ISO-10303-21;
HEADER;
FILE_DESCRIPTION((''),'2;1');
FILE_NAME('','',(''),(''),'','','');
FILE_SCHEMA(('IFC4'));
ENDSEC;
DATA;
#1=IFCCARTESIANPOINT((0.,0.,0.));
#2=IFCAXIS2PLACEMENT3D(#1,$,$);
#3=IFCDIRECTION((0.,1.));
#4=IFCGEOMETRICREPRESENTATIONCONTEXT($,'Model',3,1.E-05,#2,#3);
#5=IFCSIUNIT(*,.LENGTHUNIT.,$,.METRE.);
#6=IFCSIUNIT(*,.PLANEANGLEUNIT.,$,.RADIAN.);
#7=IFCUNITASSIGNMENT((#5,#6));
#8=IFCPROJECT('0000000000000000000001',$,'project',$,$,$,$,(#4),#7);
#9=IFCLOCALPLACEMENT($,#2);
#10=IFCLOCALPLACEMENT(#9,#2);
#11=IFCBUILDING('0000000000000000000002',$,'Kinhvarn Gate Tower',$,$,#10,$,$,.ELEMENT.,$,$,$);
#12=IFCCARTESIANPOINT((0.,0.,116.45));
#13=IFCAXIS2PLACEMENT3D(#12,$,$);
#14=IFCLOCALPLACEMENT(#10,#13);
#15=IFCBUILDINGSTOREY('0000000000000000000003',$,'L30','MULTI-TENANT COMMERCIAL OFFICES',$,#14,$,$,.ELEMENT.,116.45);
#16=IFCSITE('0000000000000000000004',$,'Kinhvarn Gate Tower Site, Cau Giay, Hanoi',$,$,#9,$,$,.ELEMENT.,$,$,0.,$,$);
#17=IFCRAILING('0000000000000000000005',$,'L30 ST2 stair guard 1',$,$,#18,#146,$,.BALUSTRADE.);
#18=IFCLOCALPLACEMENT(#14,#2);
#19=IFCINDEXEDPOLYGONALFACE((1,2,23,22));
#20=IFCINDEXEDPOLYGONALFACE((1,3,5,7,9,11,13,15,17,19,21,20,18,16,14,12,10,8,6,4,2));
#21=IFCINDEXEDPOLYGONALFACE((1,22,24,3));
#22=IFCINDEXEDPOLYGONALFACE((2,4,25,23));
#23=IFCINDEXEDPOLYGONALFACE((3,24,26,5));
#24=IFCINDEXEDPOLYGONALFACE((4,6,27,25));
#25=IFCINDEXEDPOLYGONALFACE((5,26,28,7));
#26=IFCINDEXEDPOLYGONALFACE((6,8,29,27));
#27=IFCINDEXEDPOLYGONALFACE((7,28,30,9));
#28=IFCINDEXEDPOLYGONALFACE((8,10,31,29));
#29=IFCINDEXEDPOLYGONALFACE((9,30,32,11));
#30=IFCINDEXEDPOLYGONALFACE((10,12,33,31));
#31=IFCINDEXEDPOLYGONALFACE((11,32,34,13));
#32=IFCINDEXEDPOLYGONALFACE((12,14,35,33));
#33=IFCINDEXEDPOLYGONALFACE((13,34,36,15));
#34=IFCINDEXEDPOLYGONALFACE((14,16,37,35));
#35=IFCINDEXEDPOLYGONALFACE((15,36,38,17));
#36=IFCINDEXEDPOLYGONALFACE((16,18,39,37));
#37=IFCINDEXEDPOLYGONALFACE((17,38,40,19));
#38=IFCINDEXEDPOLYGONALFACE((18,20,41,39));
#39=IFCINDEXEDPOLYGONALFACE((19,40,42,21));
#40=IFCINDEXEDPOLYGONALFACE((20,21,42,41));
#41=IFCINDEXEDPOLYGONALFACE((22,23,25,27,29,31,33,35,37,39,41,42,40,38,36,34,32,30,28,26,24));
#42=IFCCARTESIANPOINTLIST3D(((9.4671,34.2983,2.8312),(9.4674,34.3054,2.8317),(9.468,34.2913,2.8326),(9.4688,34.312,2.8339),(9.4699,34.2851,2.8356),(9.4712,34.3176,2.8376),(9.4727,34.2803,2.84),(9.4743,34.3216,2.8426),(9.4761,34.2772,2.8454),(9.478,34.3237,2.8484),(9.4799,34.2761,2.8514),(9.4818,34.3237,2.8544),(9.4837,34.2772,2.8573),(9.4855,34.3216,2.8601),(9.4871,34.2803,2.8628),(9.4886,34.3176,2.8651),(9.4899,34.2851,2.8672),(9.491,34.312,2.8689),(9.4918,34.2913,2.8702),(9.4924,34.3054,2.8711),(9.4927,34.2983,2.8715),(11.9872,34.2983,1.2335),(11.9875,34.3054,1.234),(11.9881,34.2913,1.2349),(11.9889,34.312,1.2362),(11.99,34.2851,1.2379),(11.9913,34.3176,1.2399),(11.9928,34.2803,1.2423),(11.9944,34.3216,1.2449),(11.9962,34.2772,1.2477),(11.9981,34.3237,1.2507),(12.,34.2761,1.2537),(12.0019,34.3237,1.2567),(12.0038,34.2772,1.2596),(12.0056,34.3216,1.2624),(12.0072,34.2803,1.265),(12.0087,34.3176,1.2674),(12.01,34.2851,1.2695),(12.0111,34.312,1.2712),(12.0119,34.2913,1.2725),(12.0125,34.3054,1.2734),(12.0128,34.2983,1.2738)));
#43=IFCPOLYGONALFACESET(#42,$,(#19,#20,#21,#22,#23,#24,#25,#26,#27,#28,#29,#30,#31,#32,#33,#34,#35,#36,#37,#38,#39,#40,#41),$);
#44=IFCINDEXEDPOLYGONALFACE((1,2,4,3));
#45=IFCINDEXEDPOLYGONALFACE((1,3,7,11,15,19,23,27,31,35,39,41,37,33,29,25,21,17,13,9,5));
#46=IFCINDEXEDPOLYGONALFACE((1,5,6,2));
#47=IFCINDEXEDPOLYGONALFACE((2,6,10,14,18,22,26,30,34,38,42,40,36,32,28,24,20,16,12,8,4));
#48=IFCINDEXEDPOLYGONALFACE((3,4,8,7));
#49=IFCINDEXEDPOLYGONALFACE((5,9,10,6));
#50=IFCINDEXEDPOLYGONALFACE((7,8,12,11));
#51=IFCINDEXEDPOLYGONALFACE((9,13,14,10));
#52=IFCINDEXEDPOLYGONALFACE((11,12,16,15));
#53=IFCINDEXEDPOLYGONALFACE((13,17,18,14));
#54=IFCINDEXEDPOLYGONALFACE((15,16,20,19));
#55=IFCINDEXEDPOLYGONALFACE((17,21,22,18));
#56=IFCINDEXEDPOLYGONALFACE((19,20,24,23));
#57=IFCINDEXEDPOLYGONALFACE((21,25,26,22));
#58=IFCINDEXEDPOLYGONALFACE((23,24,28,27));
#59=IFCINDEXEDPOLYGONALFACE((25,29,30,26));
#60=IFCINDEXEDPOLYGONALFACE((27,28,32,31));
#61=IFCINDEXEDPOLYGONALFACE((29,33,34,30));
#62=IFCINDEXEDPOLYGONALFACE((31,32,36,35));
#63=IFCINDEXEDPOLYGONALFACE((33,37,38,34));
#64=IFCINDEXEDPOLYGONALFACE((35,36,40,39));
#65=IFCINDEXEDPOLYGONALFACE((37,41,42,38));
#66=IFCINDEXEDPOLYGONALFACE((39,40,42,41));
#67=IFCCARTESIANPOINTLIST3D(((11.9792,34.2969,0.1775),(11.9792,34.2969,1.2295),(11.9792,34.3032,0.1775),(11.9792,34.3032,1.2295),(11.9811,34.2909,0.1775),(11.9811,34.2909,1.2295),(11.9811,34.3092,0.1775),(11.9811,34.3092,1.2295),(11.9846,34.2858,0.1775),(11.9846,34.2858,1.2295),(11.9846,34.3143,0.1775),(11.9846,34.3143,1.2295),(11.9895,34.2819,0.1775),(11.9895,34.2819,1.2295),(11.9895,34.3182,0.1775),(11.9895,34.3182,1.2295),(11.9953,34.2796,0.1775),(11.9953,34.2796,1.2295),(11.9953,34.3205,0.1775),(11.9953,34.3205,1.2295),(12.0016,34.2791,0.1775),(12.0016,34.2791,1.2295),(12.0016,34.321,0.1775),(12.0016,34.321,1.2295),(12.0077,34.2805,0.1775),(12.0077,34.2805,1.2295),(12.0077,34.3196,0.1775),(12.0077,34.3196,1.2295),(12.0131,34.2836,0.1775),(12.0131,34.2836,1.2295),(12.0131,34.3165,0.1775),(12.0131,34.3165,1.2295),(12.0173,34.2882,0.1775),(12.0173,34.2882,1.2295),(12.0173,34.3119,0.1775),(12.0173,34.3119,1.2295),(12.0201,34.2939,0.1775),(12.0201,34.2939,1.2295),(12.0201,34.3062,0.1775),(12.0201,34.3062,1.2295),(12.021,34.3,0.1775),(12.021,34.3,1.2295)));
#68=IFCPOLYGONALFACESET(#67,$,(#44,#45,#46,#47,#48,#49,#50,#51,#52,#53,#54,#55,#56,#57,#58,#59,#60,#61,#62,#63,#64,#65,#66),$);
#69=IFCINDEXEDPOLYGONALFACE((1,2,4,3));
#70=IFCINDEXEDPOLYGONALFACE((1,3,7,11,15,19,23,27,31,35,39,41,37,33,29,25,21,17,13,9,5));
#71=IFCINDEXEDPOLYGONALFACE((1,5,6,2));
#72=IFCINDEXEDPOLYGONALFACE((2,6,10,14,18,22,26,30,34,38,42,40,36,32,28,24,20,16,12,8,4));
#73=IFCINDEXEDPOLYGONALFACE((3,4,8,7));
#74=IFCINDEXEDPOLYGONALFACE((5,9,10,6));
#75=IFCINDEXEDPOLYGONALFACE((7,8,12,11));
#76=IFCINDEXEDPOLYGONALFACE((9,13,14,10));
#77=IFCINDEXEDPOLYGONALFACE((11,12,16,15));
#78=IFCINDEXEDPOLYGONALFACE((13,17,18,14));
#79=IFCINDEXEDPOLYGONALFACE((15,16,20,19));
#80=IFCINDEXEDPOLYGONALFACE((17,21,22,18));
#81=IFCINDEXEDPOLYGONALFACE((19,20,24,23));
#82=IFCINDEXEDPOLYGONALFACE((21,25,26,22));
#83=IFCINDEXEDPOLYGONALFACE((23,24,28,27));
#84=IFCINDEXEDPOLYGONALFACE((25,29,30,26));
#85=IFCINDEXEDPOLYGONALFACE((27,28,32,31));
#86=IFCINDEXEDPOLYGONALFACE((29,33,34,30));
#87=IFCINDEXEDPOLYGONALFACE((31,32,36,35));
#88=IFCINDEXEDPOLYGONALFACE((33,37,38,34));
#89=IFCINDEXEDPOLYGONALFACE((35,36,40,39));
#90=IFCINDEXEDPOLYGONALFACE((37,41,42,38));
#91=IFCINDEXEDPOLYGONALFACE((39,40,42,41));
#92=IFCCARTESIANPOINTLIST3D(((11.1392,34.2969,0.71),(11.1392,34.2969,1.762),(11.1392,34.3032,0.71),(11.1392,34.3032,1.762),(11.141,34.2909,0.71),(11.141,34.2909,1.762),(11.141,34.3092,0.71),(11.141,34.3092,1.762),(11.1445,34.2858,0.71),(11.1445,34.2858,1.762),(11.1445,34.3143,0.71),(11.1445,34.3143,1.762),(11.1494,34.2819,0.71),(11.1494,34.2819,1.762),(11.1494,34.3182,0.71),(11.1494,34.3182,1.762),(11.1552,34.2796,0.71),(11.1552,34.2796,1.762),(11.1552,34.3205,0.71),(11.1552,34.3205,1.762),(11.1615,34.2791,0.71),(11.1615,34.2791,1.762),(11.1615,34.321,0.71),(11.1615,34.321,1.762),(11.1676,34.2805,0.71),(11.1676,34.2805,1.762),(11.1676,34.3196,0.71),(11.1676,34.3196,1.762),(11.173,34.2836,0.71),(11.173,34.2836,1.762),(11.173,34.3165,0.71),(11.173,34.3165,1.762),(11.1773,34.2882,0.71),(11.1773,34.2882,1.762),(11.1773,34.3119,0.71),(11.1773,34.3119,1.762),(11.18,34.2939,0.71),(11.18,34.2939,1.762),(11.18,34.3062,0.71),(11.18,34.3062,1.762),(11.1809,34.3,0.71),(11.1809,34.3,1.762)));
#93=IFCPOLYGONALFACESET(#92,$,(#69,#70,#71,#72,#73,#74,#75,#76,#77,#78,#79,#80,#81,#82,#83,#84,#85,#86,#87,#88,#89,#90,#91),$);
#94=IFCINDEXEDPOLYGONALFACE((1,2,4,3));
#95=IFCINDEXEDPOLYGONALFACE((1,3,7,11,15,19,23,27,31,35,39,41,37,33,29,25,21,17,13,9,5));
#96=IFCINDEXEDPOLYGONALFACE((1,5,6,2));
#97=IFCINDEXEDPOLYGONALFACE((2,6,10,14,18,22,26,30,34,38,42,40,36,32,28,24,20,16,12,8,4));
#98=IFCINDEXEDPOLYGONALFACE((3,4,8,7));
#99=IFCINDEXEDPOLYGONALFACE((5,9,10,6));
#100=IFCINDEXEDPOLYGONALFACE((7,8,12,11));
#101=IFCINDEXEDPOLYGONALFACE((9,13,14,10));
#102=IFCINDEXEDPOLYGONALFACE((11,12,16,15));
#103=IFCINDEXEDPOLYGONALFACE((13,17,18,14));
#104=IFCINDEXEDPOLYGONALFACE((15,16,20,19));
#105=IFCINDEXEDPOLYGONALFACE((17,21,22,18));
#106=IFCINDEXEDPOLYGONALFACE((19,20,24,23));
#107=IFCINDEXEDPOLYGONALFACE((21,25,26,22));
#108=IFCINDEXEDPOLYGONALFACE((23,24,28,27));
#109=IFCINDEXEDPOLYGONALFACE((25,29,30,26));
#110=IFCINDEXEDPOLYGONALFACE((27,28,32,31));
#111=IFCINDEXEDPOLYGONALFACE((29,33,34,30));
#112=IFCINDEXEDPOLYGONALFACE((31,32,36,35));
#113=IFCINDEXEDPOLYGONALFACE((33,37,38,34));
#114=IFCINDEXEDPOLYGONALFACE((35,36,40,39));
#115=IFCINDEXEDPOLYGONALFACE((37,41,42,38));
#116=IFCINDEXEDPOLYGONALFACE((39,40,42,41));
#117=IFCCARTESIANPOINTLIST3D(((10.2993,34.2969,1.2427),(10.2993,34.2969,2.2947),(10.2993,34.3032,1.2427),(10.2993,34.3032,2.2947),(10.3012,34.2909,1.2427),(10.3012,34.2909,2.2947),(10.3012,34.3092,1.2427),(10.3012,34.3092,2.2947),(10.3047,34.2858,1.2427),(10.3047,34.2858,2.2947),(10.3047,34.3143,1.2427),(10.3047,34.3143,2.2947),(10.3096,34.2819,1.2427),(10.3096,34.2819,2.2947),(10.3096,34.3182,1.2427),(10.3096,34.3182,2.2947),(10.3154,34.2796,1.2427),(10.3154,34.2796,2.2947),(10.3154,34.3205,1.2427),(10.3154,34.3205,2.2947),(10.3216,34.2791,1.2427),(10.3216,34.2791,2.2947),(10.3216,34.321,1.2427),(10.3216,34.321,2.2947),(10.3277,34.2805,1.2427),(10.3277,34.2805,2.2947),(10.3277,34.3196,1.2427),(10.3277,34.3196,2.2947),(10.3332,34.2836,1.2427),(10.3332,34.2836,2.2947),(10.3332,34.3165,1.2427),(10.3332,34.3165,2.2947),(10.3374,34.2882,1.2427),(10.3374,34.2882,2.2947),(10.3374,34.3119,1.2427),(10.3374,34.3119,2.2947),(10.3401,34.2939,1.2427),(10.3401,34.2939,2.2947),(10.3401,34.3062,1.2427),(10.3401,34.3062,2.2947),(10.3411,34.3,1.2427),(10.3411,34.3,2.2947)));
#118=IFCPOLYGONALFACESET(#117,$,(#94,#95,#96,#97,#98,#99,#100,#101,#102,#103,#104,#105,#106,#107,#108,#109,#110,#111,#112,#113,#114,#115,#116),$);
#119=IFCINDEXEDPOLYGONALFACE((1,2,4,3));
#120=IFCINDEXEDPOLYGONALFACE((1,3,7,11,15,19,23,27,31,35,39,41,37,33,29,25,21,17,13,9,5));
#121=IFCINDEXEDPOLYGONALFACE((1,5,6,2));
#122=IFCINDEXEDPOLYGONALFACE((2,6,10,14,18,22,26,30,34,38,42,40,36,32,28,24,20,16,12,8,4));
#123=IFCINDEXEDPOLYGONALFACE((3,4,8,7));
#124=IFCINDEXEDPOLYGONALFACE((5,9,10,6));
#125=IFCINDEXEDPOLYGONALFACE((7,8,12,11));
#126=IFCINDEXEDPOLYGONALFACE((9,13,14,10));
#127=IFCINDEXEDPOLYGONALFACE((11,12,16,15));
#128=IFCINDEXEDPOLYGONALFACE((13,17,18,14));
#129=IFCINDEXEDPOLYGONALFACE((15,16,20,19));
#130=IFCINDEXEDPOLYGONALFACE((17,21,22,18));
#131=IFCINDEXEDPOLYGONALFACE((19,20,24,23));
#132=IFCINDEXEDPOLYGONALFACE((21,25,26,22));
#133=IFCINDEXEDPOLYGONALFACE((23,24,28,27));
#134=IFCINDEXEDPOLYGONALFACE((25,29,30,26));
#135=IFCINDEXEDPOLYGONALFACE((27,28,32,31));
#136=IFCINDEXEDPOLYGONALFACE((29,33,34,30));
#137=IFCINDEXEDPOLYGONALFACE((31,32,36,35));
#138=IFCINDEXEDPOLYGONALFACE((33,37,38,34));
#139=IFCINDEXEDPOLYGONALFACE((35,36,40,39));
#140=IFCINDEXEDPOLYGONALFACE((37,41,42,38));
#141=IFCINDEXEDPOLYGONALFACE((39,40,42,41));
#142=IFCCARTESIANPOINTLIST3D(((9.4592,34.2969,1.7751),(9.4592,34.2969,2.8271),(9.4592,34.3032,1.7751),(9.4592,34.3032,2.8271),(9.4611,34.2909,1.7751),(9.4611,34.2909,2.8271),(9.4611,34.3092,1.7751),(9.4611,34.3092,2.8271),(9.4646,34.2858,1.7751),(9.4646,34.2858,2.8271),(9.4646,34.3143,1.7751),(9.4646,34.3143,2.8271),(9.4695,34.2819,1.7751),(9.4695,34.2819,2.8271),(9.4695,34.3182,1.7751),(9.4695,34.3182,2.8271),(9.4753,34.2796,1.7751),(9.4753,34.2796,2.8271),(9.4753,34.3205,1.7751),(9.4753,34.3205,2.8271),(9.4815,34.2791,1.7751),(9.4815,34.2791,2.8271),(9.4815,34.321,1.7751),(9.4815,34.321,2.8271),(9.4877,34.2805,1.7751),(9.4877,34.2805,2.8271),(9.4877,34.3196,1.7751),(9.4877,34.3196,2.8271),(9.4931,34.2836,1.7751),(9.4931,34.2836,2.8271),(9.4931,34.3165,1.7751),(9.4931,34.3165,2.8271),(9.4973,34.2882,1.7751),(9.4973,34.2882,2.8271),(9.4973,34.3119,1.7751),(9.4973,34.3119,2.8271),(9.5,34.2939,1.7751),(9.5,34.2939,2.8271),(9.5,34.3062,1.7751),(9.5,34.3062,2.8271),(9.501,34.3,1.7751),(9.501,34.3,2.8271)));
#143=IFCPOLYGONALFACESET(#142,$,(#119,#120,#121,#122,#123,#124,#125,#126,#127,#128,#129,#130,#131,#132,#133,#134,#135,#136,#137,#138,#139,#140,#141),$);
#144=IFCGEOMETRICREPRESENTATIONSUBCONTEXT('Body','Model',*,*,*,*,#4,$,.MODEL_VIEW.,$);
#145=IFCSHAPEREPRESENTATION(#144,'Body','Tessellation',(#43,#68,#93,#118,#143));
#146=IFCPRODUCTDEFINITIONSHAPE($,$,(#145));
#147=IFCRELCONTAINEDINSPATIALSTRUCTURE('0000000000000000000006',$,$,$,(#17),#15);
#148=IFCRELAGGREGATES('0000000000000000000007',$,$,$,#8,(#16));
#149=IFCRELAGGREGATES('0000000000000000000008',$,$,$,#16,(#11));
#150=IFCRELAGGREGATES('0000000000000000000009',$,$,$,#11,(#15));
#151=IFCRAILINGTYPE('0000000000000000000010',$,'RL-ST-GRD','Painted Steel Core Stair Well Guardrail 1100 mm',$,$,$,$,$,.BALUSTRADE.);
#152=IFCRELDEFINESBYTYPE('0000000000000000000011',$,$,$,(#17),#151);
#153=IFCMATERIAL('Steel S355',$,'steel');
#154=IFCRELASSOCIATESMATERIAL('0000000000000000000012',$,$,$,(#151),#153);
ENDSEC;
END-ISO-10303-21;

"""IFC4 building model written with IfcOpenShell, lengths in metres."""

from ifc_helpers import new_model, si_unit, direction, frame, origin, origin_2d, place, context, subcontext, project, spatial, circle, extrude, material, type_object, element, save


model = new_model("IFC4")

# Units and contexts
model_context = context("Model", 3, precision=1e-05, world=origin(), true_north=direction((0.0, 1.0)))
body_context = subcontext(model_context, "Body", "Model", "MODEL_VIEW")
ifc_project = project(units=[si_unit("LENGTHUNIT", "METRE"), si_unit("PLANEANGLEUNIT", "RADIAN")], contexts=[model_context])

# Site, building, storey
site_placement = place(None, origin())
site = spatial("IfcSite", under=ifc_project, at=site_placement, Name="Kinhvarn Gate Tower Site, Cau Giay, Hanoi", CompositionType="ELEMENT", RefElevation=0.0)
building_placement = place(site_placement, origin())
building = spatial("IfcBuilding", under=site, at=building_placement, Name="Kinhvarn Gate Tower", CompositionType="ELEMENT")
storey_placement = place(building_placement, frame((0.0, 0.0, 116.45)))
storey = spatial("IfcBuildingStorey", under=building, at=storey_placement, Name="L30", Description="MULTI-TENANT COMMERCIAL OFFICES", CompositionType="ELEMENT", Elevation=116.45)

# Shared definitions
ifc_material_1 = material(Name="Steel S355", Category="steel")

# Railing
railing_type_1 = type_object("IfcRailingType", Name="RL-ST-GRD", Description="Painted Steel Core Stair Well Guardrail 1100 mm", PredefinedType="BALUSTRADE", material=ifc_material_1)
railing_1_placement = place(storey_placement, frame((12.0, 34.3, 0.1775)))
element("IfcRailing", 1, at=railing_1_placement, inside=storey, type_object=railing_type_1, Name="L30 ST2 stair guard 1", PredefinedType="BALUSTRADE", context=body_context, shape_type="SweptSolid", body=[
    extrude(circle(Radius=0.0239, at=origin_2d()), frame((0.0, 0.0, 1.0762), z_axis=(-0.84457, 0.0, 0.535445), x_axis=(0.0, -1.0, 0.0)), (0.0, 0.0, 1.0), 2.9839),
    extrude(circle(Radius=0.021, at=origin_2d()), origin(), (0.0, 0.0, 1.0), 1.052),
    extrude(circle(Radius=0.021, at=origin_2d()), frame((-0.8401, 0.0, 0.5325)), (0.0, 0.0, 1.0), 1.052),
    extrude(circle(Radius=0.021, at=origin_2d()), frame((-1.6799, 0.0, 1.0652)), (0.0, 0.0, 1.0), 1.052),
    extrude(circle(Radius=0.021, at=origin_2d()), frame((-2.52, 0.0, 1.5977)), (0.0, 0.0, 1.0), 1.052),
])

save(model, "model.ifc")
